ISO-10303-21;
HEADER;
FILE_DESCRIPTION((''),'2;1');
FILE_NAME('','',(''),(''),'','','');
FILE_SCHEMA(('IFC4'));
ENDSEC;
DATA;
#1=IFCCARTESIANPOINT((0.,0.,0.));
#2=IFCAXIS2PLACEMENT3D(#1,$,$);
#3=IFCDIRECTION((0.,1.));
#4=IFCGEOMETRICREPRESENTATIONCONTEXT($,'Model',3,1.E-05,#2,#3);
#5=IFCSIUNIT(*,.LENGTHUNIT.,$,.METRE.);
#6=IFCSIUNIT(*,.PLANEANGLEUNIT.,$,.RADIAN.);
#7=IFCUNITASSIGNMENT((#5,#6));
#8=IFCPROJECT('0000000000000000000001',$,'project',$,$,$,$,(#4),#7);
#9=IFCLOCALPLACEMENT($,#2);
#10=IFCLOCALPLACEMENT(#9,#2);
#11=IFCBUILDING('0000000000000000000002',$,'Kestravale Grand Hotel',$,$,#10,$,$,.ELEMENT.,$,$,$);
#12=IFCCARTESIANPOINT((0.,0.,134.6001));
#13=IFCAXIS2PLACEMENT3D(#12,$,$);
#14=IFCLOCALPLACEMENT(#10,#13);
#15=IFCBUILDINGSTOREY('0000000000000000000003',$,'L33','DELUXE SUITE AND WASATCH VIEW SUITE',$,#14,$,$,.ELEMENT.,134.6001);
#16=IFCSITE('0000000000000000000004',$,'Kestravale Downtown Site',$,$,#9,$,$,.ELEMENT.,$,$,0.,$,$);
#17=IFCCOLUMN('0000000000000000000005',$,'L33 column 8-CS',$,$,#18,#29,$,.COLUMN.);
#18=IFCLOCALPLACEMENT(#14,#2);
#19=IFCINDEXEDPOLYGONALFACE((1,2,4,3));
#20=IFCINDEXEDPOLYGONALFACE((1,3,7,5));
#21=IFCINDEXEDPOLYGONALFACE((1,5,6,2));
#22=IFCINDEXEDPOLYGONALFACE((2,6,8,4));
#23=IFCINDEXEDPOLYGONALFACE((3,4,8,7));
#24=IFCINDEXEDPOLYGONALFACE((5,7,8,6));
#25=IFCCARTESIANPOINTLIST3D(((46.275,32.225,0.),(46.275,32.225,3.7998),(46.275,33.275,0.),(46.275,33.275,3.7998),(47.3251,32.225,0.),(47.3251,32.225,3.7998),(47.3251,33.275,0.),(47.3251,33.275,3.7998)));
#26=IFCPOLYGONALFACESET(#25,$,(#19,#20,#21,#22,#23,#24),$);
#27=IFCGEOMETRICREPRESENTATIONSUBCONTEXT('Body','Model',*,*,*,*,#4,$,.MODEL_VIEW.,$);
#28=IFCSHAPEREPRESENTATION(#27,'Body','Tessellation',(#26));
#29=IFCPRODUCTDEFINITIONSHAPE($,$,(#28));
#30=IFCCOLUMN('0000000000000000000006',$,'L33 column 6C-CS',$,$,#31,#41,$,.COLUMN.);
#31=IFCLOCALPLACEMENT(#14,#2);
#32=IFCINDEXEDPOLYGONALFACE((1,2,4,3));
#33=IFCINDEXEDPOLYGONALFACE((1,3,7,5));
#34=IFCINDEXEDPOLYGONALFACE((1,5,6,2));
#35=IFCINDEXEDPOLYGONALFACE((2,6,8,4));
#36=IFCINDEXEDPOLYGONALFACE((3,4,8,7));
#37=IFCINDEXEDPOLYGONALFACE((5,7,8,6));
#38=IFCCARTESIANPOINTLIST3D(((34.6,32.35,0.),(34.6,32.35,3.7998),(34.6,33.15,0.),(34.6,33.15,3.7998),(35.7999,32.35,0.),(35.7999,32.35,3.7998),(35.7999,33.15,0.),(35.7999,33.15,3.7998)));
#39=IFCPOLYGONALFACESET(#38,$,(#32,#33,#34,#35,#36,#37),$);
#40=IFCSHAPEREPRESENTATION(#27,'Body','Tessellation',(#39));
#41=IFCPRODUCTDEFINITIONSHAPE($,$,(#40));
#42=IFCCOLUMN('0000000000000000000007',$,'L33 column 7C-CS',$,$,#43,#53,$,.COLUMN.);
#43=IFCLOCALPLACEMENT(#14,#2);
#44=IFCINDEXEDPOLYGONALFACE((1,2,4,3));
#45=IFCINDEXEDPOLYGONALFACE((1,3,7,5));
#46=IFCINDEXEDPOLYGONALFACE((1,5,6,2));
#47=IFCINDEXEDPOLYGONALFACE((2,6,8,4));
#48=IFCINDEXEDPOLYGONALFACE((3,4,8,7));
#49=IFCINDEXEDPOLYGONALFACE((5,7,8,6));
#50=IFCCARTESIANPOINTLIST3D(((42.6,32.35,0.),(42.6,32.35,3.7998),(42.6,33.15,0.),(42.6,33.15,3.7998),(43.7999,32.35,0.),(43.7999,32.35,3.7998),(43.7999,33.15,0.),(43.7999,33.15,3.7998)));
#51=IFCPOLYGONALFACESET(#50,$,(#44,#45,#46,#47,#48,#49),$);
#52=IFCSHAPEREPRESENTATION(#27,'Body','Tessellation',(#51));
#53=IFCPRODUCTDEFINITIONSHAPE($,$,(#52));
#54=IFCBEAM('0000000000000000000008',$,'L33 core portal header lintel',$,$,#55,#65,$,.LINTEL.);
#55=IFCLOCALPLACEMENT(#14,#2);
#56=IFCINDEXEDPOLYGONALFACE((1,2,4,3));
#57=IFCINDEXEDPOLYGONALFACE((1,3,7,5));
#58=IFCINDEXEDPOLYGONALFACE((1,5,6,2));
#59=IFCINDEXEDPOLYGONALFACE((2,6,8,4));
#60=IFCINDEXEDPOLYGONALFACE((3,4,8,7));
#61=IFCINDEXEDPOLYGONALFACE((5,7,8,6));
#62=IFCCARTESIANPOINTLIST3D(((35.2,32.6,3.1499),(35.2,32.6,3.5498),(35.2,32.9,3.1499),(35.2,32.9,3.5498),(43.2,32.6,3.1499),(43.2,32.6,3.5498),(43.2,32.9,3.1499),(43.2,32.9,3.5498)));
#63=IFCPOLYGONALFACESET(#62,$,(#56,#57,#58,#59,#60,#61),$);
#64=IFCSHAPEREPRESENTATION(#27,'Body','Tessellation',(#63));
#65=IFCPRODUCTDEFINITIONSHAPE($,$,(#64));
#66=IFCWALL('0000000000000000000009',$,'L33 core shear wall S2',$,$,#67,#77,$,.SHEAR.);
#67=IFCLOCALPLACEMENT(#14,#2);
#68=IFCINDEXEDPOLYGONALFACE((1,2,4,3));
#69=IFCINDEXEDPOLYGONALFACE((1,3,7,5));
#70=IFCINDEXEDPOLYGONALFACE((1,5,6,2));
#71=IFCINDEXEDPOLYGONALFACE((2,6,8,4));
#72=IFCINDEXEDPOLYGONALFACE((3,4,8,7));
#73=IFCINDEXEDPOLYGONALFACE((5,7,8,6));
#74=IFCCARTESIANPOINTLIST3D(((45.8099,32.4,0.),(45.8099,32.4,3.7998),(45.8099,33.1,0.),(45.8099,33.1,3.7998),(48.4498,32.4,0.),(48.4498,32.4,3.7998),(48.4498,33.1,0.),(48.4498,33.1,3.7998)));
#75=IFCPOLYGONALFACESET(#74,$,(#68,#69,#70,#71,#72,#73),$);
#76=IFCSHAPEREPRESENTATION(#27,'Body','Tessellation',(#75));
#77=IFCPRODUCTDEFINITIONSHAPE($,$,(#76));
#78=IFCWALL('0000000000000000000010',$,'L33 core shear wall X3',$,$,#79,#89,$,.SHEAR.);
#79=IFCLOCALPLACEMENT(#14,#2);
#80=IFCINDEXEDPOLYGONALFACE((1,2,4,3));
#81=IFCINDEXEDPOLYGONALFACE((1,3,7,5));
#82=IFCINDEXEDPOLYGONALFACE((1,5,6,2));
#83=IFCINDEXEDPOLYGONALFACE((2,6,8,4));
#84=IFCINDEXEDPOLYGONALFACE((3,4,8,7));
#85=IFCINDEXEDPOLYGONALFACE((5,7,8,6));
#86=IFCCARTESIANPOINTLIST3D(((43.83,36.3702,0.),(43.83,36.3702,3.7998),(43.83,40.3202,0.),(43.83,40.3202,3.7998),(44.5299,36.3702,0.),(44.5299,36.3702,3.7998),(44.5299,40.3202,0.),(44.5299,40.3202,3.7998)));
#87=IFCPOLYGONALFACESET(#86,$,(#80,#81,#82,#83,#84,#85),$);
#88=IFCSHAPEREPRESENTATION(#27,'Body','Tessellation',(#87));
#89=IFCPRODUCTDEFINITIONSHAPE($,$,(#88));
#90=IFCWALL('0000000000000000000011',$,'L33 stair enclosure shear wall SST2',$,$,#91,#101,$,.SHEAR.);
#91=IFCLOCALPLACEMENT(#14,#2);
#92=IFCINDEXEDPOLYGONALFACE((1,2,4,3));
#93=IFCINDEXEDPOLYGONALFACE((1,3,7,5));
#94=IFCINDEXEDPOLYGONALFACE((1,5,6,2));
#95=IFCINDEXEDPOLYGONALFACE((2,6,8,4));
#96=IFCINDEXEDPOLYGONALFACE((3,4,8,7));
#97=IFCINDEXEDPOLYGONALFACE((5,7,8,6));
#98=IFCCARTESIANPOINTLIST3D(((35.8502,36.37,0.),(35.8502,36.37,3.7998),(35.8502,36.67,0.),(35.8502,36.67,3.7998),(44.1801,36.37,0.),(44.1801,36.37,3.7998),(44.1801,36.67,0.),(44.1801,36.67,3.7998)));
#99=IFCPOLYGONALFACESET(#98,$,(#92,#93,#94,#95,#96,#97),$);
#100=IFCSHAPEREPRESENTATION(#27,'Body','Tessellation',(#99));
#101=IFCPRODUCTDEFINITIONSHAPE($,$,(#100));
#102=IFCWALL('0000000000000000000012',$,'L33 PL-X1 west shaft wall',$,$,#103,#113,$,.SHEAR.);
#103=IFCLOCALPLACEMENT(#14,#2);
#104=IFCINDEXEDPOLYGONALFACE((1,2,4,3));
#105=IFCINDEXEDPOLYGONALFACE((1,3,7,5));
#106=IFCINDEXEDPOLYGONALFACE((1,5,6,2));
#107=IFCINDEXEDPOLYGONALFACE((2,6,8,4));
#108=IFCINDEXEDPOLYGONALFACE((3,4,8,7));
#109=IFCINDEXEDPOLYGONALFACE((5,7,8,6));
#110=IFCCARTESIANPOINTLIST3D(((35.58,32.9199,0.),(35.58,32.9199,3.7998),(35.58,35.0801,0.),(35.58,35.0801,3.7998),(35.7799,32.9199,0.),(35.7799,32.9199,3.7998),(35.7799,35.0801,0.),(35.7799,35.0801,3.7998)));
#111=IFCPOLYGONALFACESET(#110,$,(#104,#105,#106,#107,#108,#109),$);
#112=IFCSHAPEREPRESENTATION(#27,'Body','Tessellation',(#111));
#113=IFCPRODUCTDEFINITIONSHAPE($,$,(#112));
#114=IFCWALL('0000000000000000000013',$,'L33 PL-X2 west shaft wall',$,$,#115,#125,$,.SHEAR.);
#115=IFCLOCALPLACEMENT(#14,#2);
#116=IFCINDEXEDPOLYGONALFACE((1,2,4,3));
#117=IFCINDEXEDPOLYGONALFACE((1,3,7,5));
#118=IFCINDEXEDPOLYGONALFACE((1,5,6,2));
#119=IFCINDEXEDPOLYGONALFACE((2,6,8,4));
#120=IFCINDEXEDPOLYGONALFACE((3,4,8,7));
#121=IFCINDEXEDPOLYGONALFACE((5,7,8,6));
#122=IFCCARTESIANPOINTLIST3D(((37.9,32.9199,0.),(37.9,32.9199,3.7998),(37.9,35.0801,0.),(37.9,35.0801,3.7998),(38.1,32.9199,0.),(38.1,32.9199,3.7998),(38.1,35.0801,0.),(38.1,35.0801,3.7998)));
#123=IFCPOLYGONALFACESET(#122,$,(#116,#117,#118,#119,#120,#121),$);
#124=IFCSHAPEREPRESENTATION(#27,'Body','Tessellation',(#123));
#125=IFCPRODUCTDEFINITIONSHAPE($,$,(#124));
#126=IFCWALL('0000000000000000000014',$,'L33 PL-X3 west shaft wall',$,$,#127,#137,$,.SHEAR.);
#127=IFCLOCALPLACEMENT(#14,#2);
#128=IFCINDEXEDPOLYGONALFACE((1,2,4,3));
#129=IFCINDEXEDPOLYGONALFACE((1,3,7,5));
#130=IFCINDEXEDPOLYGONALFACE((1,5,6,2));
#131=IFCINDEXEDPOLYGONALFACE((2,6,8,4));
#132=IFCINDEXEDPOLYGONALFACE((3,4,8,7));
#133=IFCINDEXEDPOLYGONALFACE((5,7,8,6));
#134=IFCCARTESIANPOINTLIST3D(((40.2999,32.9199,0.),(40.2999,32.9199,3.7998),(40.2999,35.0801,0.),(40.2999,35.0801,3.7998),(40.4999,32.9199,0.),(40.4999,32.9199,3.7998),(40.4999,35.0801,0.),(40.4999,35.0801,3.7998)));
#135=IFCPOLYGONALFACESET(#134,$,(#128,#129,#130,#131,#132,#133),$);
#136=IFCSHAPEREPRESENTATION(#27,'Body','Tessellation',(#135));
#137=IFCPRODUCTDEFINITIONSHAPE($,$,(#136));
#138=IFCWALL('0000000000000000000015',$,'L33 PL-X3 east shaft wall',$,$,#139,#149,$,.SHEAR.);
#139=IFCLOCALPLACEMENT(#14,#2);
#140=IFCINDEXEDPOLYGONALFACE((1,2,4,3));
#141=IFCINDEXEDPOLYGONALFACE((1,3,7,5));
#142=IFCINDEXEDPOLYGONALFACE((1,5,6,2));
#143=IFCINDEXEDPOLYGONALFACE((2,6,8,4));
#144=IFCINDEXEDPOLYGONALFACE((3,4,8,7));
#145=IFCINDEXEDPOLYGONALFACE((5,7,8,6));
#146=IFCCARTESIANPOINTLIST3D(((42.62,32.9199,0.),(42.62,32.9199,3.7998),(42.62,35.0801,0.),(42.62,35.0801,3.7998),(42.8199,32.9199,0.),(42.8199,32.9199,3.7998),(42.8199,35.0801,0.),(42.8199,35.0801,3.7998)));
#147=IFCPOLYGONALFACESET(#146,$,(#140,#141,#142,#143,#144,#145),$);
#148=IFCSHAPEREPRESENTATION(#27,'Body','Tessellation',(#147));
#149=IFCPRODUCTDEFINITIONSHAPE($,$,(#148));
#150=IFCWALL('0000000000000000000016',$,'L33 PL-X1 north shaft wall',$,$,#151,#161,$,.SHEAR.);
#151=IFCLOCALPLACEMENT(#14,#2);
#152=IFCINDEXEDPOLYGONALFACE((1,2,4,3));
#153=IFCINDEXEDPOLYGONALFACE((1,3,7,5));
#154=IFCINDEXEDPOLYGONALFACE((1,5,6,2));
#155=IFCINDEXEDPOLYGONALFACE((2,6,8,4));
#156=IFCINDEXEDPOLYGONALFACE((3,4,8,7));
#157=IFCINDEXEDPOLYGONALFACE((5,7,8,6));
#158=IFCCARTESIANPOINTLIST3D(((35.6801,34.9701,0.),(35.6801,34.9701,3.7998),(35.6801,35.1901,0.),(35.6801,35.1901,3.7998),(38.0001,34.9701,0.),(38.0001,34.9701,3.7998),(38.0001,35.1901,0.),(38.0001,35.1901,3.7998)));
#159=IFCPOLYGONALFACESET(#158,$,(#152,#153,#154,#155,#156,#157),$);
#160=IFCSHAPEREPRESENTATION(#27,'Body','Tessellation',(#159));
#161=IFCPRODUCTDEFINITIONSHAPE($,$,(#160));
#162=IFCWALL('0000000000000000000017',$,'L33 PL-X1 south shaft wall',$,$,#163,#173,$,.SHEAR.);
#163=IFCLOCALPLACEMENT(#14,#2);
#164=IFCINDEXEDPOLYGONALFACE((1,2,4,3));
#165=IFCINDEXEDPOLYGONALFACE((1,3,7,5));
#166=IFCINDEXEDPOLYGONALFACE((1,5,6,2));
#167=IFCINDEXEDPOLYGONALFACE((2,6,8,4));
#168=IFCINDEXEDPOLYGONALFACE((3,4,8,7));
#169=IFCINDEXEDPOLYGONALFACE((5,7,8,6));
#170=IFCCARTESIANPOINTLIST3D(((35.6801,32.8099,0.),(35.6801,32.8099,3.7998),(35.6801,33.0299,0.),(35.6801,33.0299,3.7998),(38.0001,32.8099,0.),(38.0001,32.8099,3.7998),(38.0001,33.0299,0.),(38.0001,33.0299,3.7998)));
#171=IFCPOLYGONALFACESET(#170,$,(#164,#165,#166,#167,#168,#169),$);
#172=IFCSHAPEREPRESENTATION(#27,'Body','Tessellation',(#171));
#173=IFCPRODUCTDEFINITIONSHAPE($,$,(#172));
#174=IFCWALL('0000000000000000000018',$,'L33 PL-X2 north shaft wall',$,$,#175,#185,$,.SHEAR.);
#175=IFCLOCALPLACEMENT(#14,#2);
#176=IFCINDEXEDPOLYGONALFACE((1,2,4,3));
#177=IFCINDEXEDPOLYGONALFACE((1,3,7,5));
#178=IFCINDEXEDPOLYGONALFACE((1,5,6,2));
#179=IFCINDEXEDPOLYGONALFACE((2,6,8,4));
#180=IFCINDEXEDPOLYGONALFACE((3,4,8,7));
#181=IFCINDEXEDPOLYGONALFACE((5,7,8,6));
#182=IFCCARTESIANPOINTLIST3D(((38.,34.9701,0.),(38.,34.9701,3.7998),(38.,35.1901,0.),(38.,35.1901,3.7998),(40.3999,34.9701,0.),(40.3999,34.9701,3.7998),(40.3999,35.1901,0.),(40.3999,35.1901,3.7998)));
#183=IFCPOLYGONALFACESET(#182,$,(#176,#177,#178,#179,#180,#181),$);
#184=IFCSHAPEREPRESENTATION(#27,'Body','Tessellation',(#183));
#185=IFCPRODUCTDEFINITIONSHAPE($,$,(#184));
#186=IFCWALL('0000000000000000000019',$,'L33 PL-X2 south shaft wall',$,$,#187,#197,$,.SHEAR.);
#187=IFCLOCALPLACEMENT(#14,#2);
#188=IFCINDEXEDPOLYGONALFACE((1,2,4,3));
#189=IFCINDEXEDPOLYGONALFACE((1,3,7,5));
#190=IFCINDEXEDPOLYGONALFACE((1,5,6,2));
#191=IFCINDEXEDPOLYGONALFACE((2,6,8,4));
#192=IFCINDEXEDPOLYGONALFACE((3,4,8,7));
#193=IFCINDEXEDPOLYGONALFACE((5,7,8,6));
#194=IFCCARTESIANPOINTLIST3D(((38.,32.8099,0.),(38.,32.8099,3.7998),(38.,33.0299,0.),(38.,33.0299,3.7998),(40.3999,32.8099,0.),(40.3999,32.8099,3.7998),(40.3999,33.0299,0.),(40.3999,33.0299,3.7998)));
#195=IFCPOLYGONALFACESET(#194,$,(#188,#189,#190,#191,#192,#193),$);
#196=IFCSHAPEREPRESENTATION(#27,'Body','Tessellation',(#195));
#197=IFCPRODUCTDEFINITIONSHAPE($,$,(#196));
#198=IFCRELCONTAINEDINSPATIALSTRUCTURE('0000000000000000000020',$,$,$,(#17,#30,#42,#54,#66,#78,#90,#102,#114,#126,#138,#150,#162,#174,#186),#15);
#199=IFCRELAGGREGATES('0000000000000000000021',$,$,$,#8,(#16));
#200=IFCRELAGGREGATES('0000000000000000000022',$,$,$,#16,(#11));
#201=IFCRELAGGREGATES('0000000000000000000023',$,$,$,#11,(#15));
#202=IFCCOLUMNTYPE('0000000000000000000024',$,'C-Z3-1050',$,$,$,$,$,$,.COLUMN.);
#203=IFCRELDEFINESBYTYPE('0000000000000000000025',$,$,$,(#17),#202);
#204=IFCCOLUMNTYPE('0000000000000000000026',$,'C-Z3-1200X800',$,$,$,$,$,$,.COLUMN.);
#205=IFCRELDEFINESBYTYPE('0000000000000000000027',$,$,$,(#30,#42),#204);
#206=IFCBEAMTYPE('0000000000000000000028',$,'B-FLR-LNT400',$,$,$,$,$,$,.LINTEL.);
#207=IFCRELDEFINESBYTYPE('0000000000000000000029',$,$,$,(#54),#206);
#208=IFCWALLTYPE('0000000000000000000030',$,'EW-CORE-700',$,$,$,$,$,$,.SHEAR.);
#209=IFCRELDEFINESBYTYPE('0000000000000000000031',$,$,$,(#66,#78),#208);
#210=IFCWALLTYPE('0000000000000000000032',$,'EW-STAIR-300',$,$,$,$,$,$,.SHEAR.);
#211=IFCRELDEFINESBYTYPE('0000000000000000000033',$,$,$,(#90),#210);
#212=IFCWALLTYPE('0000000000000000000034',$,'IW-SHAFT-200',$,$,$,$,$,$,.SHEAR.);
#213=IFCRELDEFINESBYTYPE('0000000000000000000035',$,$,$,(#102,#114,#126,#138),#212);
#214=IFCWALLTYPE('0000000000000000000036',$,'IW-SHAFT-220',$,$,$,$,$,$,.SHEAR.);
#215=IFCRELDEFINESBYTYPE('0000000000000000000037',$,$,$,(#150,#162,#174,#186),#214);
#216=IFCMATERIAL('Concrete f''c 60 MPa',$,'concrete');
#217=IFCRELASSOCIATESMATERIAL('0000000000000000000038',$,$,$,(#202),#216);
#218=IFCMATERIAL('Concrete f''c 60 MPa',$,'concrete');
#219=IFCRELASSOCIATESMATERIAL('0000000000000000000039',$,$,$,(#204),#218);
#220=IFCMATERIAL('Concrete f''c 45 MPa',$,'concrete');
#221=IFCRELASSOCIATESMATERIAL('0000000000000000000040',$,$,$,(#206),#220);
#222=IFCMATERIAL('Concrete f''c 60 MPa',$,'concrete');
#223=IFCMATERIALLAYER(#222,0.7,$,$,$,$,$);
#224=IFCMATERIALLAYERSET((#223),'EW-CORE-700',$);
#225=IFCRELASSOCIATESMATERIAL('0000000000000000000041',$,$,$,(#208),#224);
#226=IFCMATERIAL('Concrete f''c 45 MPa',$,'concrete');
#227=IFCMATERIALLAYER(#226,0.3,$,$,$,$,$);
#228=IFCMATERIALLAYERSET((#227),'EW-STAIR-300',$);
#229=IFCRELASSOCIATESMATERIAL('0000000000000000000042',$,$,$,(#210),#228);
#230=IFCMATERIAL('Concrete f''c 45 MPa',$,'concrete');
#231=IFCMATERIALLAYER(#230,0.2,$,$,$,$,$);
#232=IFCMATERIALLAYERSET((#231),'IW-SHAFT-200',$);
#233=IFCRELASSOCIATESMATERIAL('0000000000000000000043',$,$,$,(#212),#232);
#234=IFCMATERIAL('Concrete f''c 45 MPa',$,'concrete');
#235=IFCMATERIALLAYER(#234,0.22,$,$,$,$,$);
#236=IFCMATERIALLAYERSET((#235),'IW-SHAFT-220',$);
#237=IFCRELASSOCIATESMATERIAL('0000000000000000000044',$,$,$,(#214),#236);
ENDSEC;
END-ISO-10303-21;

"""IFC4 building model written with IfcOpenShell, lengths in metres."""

from ifc_helpers import new_model, si_unit, direction, frame, frame_2d, origin, origin_2d, place, context, subcontext, project, spatial, rectangle, extrude, material, layer, layer_set, material_profile, profile_set, type_object, element, save


model = new_model("IFC4")

# Units and contexts
model_context = context("Model", 3, precision=1e-05, world=origin(), true_north=direction((0.0, 1.0)))
body_context = subcontext(model_context, "Body", "Model", "MODEL_VIEW")
ifc_project = project(units=[si_unit("LENGTHUNIT", "METRE"), si_unit("PLANEANGLEUNIT", "RADIAN")], contexts=[model_context])

# Site, building, storey
site_placement = place(None, origin())
site = spatial("IfcSite", under=ifc_project, at=site_placement, Name="Kestravale Downtown Site", CompositionType="ELEMENT", RefElevation=0.0)
building_placement = place(site_placement, origin())
building = spatial("IfcBuilding", under=site, at=building_placement, Name="Kestravale Grand Hotel", CompositionType="ELEMENT")
storey_placement = place(building_placement, frame((0.0, 0.0, 134.6001)))
storey = spatial("IfcBuildingStorey", under=building, at=storey_placement, Name="L33", Description="DELUXE SUITE AND WASATCH VIEW SUITE", CompositionType="ELEMENT", Elevation=134.6001)

# Columns
ifc_material_1 = material(Name="Concrete f'c 60 MPa", Category="concrete")
ifc_material_profile_1 = material_profile(ifc_material_1, rectangle(XDim=1.05, YDim=1.05, at=origin_2d()))
ifc_profile_set_1 = profile_set([ifc_material_profile_1], Name="Concrete f'c 60 MPa")
column_type_1 = type_object("IfcColumnType", Name="C-Z3-1050", PredefinedType="COLUMN", material=ifc_profile_set_1)
column_placement = place(storey_placement, frame((46.8, 32.75, 0.0), z_axis=(0.0, 0.0, 1.0), x_axis=(1.0, 0.0, 0.0)))
element("IfcColumn", 1, at=column_placement, inside=storey, type_object=column_type_1, Name="L33 column 8-CS", PredefinedType="COLUMN", context=body_context, shape_type="SweptSolid", body=[
    extrude(rectangle(XDim=1.05, YDim=1.05, at=origin_2d()), origin(), (0.0, 0.0, 1.0), 3.7998),
])
ifc_material_2 = material(Name="Concrete f'c 60 MPa", Category="concrete")
ifc_material_profile_2 = material_profile(ifc_material_2, rectangle(XDim=1.2, YDim=0.8, at=origin_2d()))
ifc_profile_set_2 = profile_set([ifc_material_profile_2], Name="Concrete f'c 60 MPa")
column_type_2 = type_object("IfcColumnType", Name="C-Z3-1200X800", PredefinedType="COLUMN", material=ifc_profile_set_2)
for number, where, z_axis, x_axis, name in (
    (2, (35.2, 32.75, 0.0), (0.0, 0.0, 1.0), (1.0, 0.0, 0.0), "L33 column 6C-CS"),
    (3, (43.2, 32.75, 0.0), (0.0, 0.0, 1.0), (1.0, 0.0, 0.0), "L33 column 7C-CS"),
):
    element("IfcColumn", number, at=place(storey_placement, frame(where, z_axis=z_axis, x_axis=x_axis)), inside=storey, type_object=column_type_2, Name=name, PredefinedType="COLUMN", context=body_context, shape_type="SweptSolid", body=[
        extrude(rectangle(XDim=1.2, YDim=0.8, at=origin_2d()), origin(), (0.0, 0.0, 1.0), 3.7998),
    ])

# Beam
ifc_material_3 = material(Name="Concrete f'c 45 MPa", Category="concrete")
ifc_material_profile_3 = material_profile(ifc_material_3, rectangle(XDim=0.3, YDim=0.3999, at=origin_2d()))
ifc_profile_set_3 = profile_set([ifc_material_profile_3], Name="Concrete f'c 45 MPa")
beam_type = type_object("IfcBeamType", Name="B-FLR-LNT400", PredefinedType="LINTEL", material=ifc_profile_set_3)
beam_placement = place(storey_placement, frame((35.2, 32.75, 3.3499), z_axis=(1.0, 0.0, 0.0), x_axis=(0.0, 1.0, 0.0)))
element("IfcBeam", 4, at=beam_placement, inside=storey, type_object=beam_type, Name="L33 core portal header lintel", PredefinedType="LINTEL", context=body_context, shape_type="SweptSolid", body=[
    extrude(rectangle(XDim=0.3, YDim=0.3999, at=origin_2d()), origin(), (0.0, 0.0, 1.0), 8.0),
])

# Wall
ifc_material_4 = material(Name="Concrete f'c 60 MPa", Category="concrete")
ifc_layer_1 = layer(ifc_material_4, 0.7)
ifc_layer_set_1 = layer_set([ifc_layer_1], Name="EW-CORE-700")
wall_type_1 = type_object("IfcWallType", Name="EW-CORE-700", PredefinedType="SHEAR", material=ifc_layer_set_1)
wall_1_placement = place(storey_placement, frame((45.8101, 32.75, 0.0), z_axis=(0.0, 0.0, 1.0), x_axis=(1.0, 0.0, 0.0)))
element("IfcWall", 5, at=wall_1_placement, inside=storey, type_object=wall_type_1, Name="L33 core shear wall S2", PredefinedType="SHEAR", context=body_context, shape_type="SweptSolid", body=[
    extrude(rectangle(XDim=2.6399, YDim=0.7, at=frame_2d((1.3198, 0.0))), origin(), (0.0, 0.0, 1.0), 3.7998),
])

# Walls
wall_2_placement = place(storey_placement, frame((44.1799, 36.3701, 0.0), z_axis=(0.0, 0.0, 1.0), x_axis=(0.0, 1.0, 0.0)))
element("IfcWall", 6, at=wall_2_placement, inside=storey, type_object=wall_type_1, Name="L33 core shear wall X3", PredefinedType="SHEAR", context=body_context, shape_type="SweptSolid", body=[
    extrude(rectangle(XDim=3.95, YDim=0.7, at=frame_2d((1.9751, 0.0))), origin(), (0.0, 0.0, 1.0), 3.7998),
])
ifc_material_5 = material(Name="Concrete f'c 45 MPa", Category="concrete")
ifc_layer_2 = layer(ifc_material_5, 0.3)
ifc_layer_set_2 = layer_set([ifc_layer_2], Name="EW-STAIR-300")
wall_type_2 = type_object("IfcWallType", Name="EW-STAIR-300", PredefinedType="SHEAR", material=ifc_layer_set_2)
wall_3_placement = place(storey_placement, frame((35.8501, 36.52, 0.0), z_axis=(0.0, 0.0, 1.0), x_axis=(1.0, 0.0, 0.0)))
element("IfcWall", 7, at=wall_3_placement, inside=storey, type_object=wall_type_2, Name="L33 stair enclosure shear wall SST2", PredefinedType="SHEAR", context=body_context, shape_type="SweptSolid", body=[
    extrude(rectangle(XDim=8.3298, YDim=0.3, at=frame_2d((4.165, 0.0))), origin(), (0.0, 0.0, 1.0), 3.7998),
])

# Walls
ifc_material_6 = material(Name="Concrete f'c 45 MPa", Category="concrete")
ifc_layer_3 = layer(ifc_material_6, 0.2)
ifc_layer_set_3 = layer_set([ifc_layer_3], Name="IW-SHAFT-200")
wall_type_3 = type_object("IfcWallType", Name="IW-SHAFT-200", PredefinedType="SHEAR", material=ifc_layer_set_3)
for number, where, z_axis, x_axis, name in (
    (8, (35.6799, 32.9199, 0.0), (0.0, 0.0, 1.0), (0.0, 1.0, 0.0), "L33 PL-X1 west shaft wall"),
    (9, (38.0, 32.9199, 0.0), (0.0, 0.0, 1.0), (0.0, 1.0, 0.0), "L33 PL-X2 west shaft wall"),
    (10, (40.3999, 32.9199, 0.0), (0.0, 0.0, 1.0), (0.0, 1.0, 0.0), "L33 PL-X3 west shaft wall"),
    (11, (42.72, 32.9199, 0.0), (0.0, 0.0, 1.0), (0.0, 1.0, 0.0), "L33 PL-X3 east shaft wall"),
):
    element("IfcWall", number, at=place(storey_placement, frame(where, z_axis=z_axis, x_axis=x_axis)), inside=storey, type_object=wall_type_3, Name=name, PredefinedType="SHEAR", context=body_context, shape_type="SweptSolid", body=[
        extrude(rectangle(XDim=2.1602, YDim=0.2, at=frame_2d((1.0801, 0.0))), origin(), (0.0, 0.0, 1.0), 3.7998),
    ])
ifc_material_7 = material(Name="Concrete f'c 45 MPa", Category="concrete")
ifc_layer_4 = layer(ifc_material_7, 0.22)
ifc_layer_set_4 = layer_set([ifc_layer_4], Name="IW-SHAFT-220")
wall_type_4 = type_object("IfcWallType", Name="IW-SHAFT-220", PredefinedType="SHEAR", material=ifc_layer_set_4)
for number, where, z_axis, x_axis, name in (
    (12, (35.6799, 35.0801, 0.0), (0.0, 0.0, 1.0), (1.0, 0.0, 0.0), "L33 PL-X1 north shaft wall"),
    (13, (35.6799, 32.9199, 0.0), (0.0, 0.0, 1.0), (1.0, 0.0, 0.0), "L33 PL-X1 south shaft wall"),
):
    element("IfcWall", number, at=place(storey_placement, frame(where, z_axis=z_axis, x_axis=x_axis)), inside=storey, type_object=wall_type_4, Name=name, PredefinedType="SHEAR", context=body_context, shape_type="SweptSolid", body=[
        extrude(rectangle(XDim=2.3201, YDim=0.22, at=frame_2d((1.1602, 0.0))), origin(), (0.0, 0.0, 1.0), 3.7998),
    ])
for number, where, z_axis, x_axis, name in (
    (14, (38.0, 35.0801, 0.0), (0.0, 0.0, 1.0), (1.0, 0.0, 0.0), "L33 PL-X2 north shaft wall"),
    (15, (38.0, 32.9199, 0.0), (0.0, 0.0, 1.0), (1.0, 0.0, 0.0), "L33 PL-X2 south shaft wall"),
):
    element("IfcWall", number, at=place(storey_placement, frame(where, z_axis=z_axis, x_axis=x_axis)), inside=storey, type_object=wall_type_4, Name=name, PredefinedType="SHEAR", context=body_context, shape_type="SweptSolid", body=[
        extrude(rectangle(XDim=2.3999, YDim=0.22, at=frame_2d((1.2, 0.0))), origin(), (0.0, 0.0, 1.0), 3.7998),
    ])

save(model, "model.ifc")
